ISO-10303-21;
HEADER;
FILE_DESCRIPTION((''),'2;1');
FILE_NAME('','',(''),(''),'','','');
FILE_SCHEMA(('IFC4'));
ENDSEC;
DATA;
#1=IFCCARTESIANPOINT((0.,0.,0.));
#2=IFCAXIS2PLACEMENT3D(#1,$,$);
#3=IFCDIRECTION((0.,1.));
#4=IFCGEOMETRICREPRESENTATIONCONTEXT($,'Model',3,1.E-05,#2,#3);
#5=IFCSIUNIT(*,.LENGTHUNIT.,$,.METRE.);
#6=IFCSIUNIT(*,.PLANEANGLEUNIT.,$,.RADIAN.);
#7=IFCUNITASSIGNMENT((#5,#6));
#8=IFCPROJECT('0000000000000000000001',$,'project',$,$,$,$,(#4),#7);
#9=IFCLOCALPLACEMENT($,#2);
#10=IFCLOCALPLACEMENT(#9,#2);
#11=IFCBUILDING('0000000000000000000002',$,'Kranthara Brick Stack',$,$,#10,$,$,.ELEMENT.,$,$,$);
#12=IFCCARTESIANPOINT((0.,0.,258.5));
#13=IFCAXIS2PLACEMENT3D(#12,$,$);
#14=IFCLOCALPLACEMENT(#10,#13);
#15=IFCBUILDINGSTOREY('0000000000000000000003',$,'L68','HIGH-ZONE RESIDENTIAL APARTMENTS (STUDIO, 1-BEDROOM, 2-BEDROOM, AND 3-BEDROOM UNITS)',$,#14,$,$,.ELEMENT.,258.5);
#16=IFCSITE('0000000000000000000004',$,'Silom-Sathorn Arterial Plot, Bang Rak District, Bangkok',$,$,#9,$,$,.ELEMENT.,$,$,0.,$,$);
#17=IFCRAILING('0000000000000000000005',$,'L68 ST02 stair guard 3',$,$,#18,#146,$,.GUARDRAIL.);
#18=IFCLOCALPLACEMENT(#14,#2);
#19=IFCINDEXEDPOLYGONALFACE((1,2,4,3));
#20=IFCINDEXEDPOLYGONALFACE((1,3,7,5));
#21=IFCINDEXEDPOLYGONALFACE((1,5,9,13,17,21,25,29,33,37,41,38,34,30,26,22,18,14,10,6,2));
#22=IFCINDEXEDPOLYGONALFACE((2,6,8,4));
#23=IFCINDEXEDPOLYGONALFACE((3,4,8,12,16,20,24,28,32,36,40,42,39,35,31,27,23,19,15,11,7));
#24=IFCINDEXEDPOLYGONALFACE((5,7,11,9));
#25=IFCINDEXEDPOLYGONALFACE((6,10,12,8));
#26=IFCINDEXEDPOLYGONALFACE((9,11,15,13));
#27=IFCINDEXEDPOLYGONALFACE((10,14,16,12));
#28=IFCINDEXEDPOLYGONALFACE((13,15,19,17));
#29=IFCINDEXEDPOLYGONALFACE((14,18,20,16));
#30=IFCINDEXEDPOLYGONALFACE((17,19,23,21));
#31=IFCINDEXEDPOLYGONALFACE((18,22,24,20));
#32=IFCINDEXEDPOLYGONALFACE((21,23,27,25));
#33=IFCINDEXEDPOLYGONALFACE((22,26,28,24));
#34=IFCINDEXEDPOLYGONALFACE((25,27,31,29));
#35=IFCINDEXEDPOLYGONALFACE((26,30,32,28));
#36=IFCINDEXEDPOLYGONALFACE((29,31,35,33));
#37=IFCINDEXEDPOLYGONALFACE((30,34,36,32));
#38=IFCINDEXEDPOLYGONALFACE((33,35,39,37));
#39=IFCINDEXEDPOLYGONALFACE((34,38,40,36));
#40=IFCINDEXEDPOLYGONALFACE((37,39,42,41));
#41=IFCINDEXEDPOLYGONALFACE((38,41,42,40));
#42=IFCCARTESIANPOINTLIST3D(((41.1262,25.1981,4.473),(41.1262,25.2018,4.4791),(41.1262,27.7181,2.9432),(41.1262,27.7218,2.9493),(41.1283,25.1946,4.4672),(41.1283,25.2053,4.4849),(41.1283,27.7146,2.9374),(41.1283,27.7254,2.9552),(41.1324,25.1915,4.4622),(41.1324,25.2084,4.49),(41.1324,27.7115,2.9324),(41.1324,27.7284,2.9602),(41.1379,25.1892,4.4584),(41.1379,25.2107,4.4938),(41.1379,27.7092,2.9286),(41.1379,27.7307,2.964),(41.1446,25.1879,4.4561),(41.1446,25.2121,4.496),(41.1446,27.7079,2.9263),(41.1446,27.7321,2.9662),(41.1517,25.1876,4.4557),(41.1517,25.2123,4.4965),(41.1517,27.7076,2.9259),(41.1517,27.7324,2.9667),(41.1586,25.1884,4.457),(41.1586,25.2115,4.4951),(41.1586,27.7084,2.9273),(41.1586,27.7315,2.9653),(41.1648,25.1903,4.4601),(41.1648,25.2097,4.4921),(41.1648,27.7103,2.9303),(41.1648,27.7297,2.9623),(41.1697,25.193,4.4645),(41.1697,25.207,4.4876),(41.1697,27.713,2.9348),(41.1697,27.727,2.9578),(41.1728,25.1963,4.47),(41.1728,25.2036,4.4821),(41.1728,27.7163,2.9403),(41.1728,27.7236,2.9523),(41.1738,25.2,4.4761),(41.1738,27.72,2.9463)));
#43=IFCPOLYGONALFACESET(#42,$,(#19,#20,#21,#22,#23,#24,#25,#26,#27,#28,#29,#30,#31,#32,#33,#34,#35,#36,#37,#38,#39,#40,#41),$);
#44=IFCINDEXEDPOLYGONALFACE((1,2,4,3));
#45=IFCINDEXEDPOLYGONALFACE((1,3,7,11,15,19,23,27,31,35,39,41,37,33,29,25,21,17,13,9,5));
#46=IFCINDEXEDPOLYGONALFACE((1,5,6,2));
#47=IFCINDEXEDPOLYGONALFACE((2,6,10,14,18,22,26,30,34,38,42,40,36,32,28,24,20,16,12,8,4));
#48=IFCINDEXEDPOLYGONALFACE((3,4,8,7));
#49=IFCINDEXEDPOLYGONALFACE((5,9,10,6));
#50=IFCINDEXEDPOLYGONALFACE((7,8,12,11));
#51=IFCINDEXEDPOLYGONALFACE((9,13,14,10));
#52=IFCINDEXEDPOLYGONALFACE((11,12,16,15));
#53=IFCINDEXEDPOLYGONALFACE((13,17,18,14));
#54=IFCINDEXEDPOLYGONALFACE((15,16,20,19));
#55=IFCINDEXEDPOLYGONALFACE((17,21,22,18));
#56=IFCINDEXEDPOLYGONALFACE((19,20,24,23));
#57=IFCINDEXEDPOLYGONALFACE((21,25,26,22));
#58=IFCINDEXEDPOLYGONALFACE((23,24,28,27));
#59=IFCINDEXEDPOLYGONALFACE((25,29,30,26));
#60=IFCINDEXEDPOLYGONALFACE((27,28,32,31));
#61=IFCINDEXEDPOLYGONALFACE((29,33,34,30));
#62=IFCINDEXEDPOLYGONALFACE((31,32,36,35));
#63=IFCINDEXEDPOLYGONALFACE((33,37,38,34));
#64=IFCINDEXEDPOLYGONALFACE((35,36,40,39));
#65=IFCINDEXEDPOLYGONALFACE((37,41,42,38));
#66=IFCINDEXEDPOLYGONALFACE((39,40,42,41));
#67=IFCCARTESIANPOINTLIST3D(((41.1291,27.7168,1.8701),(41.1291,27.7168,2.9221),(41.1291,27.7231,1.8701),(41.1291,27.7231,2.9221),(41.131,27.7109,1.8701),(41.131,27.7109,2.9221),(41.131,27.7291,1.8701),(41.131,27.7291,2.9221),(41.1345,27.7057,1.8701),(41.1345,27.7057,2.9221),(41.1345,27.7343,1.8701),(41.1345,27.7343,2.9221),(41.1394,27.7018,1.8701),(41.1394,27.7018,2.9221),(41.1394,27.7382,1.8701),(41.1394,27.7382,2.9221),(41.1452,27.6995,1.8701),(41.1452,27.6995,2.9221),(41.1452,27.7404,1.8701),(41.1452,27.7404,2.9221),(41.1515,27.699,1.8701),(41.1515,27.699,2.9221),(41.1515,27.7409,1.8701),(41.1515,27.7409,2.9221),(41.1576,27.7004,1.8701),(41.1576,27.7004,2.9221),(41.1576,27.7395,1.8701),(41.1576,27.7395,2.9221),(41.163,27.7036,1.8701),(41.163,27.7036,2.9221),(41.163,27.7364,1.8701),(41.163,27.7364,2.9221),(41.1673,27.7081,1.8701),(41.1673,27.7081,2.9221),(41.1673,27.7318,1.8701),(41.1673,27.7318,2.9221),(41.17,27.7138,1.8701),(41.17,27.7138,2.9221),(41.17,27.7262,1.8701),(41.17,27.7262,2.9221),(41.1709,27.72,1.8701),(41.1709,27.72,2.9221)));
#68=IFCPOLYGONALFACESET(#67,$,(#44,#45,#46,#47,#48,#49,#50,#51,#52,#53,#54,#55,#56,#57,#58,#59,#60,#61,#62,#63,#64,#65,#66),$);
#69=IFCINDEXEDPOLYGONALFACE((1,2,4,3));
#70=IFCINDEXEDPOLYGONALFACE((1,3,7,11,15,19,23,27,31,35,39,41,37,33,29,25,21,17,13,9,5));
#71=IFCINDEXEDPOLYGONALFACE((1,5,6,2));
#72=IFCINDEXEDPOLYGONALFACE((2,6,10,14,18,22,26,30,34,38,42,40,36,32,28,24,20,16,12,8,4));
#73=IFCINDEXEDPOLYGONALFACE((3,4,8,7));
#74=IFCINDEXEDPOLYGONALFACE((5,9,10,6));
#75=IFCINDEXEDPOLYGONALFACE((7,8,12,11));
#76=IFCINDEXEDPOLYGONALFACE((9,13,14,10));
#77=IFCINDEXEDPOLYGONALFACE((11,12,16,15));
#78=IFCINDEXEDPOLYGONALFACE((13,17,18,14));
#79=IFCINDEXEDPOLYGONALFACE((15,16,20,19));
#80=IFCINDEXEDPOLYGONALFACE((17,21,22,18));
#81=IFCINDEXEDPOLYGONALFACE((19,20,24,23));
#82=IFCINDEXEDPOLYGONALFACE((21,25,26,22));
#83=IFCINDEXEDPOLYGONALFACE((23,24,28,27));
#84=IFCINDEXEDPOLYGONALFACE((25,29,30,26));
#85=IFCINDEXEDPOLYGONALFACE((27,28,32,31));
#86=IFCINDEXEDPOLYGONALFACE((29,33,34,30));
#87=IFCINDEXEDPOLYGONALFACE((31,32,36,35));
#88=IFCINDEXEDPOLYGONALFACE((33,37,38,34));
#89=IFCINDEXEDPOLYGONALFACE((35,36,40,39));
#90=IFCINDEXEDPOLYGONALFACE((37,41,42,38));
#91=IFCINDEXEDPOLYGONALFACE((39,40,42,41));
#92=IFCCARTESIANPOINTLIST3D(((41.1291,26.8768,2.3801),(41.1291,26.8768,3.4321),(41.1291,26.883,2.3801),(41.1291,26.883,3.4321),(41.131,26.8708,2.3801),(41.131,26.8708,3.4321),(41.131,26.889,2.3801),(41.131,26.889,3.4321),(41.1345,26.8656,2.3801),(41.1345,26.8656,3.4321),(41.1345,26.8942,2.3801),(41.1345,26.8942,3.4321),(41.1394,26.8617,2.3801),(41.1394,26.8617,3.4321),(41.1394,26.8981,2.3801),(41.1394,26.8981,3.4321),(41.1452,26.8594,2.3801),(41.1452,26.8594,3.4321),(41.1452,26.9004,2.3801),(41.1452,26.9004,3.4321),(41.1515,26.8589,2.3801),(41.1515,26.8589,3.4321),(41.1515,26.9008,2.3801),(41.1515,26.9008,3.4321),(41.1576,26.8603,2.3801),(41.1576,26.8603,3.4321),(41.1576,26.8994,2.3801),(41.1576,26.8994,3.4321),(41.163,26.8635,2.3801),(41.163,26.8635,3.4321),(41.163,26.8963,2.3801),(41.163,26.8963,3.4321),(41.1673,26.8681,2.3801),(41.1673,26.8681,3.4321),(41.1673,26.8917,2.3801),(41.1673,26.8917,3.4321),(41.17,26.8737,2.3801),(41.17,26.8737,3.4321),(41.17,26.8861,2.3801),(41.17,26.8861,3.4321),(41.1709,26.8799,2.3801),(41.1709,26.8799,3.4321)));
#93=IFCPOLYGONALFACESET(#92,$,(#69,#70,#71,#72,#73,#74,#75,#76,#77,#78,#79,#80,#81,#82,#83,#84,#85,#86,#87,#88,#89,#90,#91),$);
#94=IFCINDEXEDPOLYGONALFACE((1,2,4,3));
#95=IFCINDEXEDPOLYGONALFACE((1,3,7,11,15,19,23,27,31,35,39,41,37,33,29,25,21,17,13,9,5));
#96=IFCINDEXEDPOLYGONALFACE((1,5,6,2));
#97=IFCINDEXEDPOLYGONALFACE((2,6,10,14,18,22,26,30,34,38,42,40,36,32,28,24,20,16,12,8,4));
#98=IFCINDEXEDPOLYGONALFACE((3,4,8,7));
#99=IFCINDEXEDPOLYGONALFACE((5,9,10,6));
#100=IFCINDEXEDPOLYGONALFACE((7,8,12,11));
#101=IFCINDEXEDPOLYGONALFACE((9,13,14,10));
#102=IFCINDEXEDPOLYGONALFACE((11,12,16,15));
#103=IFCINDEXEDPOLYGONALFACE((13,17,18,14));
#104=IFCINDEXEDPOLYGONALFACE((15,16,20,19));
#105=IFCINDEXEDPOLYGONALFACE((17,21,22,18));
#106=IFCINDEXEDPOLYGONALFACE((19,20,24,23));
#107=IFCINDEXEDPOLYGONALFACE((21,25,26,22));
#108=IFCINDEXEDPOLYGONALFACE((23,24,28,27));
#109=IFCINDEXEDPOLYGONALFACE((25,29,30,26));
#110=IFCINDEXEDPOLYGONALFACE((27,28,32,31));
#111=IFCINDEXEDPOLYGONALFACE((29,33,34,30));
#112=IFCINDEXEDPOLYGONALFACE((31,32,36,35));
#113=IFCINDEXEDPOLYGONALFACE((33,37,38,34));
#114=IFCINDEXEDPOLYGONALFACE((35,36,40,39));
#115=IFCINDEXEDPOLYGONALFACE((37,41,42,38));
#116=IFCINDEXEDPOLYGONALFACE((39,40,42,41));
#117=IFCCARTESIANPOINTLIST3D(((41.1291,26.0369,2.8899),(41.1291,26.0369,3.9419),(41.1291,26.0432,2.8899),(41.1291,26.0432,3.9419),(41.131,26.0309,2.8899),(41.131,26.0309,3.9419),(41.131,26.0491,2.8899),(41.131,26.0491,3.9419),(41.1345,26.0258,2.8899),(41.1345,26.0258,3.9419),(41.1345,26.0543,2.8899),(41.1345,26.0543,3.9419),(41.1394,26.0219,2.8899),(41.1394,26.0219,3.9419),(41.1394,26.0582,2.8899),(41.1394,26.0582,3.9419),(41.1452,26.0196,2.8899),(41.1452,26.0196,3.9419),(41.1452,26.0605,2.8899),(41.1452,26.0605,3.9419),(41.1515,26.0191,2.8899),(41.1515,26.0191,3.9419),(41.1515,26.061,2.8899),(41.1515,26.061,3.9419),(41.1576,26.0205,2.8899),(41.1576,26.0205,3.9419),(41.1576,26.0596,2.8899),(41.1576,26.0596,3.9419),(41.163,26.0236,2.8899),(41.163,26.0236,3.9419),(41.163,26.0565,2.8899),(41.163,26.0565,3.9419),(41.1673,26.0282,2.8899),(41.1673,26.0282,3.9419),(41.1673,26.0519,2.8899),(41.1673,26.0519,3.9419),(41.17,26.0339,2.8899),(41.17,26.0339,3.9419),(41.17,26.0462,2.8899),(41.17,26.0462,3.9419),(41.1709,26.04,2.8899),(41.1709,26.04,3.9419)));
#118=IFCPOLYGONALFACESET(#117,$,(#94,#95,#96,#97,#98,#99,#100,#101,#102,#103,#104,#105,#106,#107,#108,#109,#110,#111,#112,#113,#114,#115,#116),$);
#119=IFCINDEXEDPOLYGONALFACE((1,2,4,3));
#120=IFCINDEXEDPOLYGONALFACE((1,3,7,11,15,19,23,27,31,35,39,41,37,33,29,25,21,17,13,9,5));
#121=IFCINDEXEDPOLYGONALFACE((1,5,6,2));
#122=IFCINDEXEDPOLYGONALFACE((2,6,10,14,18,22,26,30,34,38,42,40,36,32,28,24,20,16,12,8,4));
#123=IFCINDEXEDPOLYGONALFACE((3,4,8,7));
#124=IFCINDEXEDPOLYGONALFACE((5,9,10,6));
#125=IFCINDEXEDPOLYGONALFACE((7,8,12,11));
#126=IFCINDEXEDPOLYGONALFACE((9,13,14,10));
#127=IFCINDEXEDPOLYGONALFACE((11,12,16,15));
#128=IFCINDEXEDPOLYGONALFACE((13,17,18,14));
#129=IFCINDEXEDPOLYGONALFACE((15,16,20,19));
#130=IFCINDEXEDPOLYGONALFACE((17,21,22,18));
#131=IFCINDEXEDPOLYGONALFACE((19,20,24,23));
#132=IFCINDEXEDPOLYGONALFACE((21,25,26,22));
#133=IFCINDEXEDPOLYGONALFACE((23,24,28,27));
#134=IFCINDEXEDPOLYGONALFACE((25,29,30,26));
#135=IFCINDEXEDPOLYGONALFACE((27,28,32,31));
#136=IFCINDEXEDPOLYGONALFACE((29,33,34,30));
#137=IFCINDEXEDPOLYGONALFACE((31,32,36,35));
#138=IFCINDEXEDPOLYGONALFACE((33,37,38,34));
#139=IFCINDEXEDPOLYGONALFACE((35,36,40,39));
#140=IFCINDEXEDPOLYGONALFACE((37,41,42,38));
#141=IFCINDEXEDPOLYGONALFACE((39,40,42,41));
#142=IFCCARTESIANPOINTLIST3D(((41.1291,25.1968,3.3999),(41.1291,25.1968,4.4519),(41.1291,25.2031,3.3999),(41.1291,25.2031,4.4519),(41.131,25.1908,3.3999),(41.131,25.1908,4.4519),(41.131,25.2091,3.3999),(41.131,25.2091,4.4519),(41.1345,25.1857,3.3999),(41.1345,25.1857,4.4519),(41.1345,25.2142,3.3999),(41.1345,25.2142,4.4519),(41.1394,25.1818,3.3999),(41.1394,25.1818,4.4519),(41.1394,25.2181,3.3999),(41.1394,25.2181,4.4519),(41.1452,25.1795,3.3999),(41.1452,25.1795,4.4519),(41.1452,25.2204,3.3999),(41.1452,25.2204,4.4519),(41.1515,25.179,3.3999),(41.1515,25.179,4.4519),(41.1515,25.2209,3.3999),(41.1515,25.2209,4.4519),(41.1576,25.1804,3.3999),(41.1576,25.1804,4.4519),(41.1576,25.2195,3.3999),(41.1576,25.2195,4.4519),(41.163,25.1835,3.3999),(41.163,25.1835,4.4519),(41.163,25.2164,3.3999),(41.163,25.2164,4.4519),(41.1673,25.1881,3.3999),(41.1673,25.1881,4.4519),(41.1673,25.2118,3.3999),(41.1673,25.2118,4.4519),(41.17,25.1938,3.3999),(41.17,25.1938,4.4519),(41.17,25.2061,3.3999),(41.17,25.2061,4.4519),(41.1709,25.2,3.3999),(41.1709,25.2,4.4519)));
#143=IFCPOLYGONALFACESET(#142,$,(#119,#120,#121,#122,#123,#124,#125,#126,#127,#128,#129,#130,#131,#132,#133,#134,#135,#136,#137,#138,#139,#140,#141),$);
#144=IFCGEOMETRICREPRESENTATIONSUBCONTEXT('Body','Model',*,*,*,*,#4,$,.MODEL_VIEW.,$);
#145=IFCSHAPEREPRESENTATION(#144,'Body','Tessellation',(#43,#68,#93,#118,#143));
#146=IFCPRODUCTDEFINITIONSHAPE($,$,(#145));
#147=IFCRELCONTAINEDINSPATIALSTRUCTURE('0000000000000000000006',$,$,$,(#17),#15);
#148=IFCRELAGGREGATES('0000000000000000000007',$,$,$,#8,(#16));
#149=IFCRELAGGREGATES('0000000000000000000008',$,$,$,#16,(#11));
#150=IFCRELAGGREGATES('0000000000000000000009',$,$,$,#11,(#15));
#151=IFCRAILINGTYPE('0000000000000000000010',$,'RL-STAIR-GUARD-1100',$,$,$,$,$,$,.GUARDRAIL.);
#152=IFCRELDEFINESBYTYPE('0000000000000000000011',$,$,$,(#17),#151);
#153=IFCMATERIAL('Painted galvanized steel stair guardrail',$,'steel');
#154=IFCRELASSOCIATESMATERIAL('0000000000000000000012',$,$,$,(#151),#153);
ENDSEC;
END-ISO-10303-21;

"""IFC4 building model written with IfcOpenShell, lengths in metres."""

from ifc_helpers import new_model, si_unit, direction, frame, origin, origin_2d, place, context, subcontext, project, spatial, circle, extrude, material, type_object, element, save


model = new_model("IFC4")

# Units and contexts
model_context = context("Model", 3, precision=1e-05, world=origin(), true_north=direction((0.0, 1.0)))
body_context = subcontext(model_context, "Body", "Model", "MODEL_VIEW")
ifc_project = project(units=[si_unit("LENGTHUNIT", "METRE"), si_unit("PLANEANGLEUNIT", "RADIAN")], contexts=[model_context])

# Site, building, storey
site_placement = place(None, origin())
site = spatial("IfcSite", under=ifc_project, at=site_placement, Name="Silom-Sathorn Arterial Plot, Bang Rak District, Bangkok", CompositionType="ELEMENT", RefElevation=0.0)
building_placement = place(site_placement, origin())
building = spatial("IfcBuilding", under=site, at=building_placement, Name="Kranthara Brick Stack", CompositionType="ELEMENT")
storey_placement = place(building_placement, frame((0.0, 0.0, 258.5)))
storey = spatial("IfcBuildingStorey", under=building, at=storey_placement, Name="L68", Description="HIGH-ZONE RESIDENTIAL APARTMENTS (STUDIO, 1-BEDROOM, 2-BEDROOM, AND 3-BEDROOM UNITS)", CompositionType="ELEMENT", Elevation=258.5)

# Railing
ifc_material_1 = material(Name="Painted galvanized steel stair guardrail", Category="steel")
railing_type_1 = type_object("IfcRailingType", Name="RL-STAIR-GUARD-1100", PredefinedType="GUARDRAIL", material=ifc_material_1)
railing_1_placement = place(storey_placement, frame((41.1499, 27.72, 1.8701)))
element("IfcRailing", 1, at=railing_1_placement, inside=storey, type_object=railing_type_1, Name="L68 ST02 stair guard 3", PredefinedType="GUARDRAIL", context=body_context, shape_type="SweptSolid", body=[
    extrude(circle(Radius=0.0239, at=origin_2d()), frame((0.0, 0.0, 1.0762), z_axis=(0.0, -0.854822, 0.518922), x_axis=(1.0, 0.0, 0.0)), (0.0, 0.0, 1.0), 2.948),
    extrude(circle(Radius=0.021, at=origin_2d()), origin(), (0.0, 0.0, 1.0), 1.052),
    extrude(circle(Radius=0.021, at=origin_2d()), frame((0.0, -0.8401, 0.51)), (0.0, 0.0, 1.0), 1.052),
    extrude(circle(Radius=0.021, at=origin_2d()), frame((0.0, -1.6799, 1.0198)), (0.0, 0.0, 1.0), 1.052),
    extrude(circle(Radius=0.021, at=origin_2d()), frame((0.0, -2.52, 1.5298)), (0.0, 0.0, 1.0), 1.052),
])

save(model, "model.ifc")
